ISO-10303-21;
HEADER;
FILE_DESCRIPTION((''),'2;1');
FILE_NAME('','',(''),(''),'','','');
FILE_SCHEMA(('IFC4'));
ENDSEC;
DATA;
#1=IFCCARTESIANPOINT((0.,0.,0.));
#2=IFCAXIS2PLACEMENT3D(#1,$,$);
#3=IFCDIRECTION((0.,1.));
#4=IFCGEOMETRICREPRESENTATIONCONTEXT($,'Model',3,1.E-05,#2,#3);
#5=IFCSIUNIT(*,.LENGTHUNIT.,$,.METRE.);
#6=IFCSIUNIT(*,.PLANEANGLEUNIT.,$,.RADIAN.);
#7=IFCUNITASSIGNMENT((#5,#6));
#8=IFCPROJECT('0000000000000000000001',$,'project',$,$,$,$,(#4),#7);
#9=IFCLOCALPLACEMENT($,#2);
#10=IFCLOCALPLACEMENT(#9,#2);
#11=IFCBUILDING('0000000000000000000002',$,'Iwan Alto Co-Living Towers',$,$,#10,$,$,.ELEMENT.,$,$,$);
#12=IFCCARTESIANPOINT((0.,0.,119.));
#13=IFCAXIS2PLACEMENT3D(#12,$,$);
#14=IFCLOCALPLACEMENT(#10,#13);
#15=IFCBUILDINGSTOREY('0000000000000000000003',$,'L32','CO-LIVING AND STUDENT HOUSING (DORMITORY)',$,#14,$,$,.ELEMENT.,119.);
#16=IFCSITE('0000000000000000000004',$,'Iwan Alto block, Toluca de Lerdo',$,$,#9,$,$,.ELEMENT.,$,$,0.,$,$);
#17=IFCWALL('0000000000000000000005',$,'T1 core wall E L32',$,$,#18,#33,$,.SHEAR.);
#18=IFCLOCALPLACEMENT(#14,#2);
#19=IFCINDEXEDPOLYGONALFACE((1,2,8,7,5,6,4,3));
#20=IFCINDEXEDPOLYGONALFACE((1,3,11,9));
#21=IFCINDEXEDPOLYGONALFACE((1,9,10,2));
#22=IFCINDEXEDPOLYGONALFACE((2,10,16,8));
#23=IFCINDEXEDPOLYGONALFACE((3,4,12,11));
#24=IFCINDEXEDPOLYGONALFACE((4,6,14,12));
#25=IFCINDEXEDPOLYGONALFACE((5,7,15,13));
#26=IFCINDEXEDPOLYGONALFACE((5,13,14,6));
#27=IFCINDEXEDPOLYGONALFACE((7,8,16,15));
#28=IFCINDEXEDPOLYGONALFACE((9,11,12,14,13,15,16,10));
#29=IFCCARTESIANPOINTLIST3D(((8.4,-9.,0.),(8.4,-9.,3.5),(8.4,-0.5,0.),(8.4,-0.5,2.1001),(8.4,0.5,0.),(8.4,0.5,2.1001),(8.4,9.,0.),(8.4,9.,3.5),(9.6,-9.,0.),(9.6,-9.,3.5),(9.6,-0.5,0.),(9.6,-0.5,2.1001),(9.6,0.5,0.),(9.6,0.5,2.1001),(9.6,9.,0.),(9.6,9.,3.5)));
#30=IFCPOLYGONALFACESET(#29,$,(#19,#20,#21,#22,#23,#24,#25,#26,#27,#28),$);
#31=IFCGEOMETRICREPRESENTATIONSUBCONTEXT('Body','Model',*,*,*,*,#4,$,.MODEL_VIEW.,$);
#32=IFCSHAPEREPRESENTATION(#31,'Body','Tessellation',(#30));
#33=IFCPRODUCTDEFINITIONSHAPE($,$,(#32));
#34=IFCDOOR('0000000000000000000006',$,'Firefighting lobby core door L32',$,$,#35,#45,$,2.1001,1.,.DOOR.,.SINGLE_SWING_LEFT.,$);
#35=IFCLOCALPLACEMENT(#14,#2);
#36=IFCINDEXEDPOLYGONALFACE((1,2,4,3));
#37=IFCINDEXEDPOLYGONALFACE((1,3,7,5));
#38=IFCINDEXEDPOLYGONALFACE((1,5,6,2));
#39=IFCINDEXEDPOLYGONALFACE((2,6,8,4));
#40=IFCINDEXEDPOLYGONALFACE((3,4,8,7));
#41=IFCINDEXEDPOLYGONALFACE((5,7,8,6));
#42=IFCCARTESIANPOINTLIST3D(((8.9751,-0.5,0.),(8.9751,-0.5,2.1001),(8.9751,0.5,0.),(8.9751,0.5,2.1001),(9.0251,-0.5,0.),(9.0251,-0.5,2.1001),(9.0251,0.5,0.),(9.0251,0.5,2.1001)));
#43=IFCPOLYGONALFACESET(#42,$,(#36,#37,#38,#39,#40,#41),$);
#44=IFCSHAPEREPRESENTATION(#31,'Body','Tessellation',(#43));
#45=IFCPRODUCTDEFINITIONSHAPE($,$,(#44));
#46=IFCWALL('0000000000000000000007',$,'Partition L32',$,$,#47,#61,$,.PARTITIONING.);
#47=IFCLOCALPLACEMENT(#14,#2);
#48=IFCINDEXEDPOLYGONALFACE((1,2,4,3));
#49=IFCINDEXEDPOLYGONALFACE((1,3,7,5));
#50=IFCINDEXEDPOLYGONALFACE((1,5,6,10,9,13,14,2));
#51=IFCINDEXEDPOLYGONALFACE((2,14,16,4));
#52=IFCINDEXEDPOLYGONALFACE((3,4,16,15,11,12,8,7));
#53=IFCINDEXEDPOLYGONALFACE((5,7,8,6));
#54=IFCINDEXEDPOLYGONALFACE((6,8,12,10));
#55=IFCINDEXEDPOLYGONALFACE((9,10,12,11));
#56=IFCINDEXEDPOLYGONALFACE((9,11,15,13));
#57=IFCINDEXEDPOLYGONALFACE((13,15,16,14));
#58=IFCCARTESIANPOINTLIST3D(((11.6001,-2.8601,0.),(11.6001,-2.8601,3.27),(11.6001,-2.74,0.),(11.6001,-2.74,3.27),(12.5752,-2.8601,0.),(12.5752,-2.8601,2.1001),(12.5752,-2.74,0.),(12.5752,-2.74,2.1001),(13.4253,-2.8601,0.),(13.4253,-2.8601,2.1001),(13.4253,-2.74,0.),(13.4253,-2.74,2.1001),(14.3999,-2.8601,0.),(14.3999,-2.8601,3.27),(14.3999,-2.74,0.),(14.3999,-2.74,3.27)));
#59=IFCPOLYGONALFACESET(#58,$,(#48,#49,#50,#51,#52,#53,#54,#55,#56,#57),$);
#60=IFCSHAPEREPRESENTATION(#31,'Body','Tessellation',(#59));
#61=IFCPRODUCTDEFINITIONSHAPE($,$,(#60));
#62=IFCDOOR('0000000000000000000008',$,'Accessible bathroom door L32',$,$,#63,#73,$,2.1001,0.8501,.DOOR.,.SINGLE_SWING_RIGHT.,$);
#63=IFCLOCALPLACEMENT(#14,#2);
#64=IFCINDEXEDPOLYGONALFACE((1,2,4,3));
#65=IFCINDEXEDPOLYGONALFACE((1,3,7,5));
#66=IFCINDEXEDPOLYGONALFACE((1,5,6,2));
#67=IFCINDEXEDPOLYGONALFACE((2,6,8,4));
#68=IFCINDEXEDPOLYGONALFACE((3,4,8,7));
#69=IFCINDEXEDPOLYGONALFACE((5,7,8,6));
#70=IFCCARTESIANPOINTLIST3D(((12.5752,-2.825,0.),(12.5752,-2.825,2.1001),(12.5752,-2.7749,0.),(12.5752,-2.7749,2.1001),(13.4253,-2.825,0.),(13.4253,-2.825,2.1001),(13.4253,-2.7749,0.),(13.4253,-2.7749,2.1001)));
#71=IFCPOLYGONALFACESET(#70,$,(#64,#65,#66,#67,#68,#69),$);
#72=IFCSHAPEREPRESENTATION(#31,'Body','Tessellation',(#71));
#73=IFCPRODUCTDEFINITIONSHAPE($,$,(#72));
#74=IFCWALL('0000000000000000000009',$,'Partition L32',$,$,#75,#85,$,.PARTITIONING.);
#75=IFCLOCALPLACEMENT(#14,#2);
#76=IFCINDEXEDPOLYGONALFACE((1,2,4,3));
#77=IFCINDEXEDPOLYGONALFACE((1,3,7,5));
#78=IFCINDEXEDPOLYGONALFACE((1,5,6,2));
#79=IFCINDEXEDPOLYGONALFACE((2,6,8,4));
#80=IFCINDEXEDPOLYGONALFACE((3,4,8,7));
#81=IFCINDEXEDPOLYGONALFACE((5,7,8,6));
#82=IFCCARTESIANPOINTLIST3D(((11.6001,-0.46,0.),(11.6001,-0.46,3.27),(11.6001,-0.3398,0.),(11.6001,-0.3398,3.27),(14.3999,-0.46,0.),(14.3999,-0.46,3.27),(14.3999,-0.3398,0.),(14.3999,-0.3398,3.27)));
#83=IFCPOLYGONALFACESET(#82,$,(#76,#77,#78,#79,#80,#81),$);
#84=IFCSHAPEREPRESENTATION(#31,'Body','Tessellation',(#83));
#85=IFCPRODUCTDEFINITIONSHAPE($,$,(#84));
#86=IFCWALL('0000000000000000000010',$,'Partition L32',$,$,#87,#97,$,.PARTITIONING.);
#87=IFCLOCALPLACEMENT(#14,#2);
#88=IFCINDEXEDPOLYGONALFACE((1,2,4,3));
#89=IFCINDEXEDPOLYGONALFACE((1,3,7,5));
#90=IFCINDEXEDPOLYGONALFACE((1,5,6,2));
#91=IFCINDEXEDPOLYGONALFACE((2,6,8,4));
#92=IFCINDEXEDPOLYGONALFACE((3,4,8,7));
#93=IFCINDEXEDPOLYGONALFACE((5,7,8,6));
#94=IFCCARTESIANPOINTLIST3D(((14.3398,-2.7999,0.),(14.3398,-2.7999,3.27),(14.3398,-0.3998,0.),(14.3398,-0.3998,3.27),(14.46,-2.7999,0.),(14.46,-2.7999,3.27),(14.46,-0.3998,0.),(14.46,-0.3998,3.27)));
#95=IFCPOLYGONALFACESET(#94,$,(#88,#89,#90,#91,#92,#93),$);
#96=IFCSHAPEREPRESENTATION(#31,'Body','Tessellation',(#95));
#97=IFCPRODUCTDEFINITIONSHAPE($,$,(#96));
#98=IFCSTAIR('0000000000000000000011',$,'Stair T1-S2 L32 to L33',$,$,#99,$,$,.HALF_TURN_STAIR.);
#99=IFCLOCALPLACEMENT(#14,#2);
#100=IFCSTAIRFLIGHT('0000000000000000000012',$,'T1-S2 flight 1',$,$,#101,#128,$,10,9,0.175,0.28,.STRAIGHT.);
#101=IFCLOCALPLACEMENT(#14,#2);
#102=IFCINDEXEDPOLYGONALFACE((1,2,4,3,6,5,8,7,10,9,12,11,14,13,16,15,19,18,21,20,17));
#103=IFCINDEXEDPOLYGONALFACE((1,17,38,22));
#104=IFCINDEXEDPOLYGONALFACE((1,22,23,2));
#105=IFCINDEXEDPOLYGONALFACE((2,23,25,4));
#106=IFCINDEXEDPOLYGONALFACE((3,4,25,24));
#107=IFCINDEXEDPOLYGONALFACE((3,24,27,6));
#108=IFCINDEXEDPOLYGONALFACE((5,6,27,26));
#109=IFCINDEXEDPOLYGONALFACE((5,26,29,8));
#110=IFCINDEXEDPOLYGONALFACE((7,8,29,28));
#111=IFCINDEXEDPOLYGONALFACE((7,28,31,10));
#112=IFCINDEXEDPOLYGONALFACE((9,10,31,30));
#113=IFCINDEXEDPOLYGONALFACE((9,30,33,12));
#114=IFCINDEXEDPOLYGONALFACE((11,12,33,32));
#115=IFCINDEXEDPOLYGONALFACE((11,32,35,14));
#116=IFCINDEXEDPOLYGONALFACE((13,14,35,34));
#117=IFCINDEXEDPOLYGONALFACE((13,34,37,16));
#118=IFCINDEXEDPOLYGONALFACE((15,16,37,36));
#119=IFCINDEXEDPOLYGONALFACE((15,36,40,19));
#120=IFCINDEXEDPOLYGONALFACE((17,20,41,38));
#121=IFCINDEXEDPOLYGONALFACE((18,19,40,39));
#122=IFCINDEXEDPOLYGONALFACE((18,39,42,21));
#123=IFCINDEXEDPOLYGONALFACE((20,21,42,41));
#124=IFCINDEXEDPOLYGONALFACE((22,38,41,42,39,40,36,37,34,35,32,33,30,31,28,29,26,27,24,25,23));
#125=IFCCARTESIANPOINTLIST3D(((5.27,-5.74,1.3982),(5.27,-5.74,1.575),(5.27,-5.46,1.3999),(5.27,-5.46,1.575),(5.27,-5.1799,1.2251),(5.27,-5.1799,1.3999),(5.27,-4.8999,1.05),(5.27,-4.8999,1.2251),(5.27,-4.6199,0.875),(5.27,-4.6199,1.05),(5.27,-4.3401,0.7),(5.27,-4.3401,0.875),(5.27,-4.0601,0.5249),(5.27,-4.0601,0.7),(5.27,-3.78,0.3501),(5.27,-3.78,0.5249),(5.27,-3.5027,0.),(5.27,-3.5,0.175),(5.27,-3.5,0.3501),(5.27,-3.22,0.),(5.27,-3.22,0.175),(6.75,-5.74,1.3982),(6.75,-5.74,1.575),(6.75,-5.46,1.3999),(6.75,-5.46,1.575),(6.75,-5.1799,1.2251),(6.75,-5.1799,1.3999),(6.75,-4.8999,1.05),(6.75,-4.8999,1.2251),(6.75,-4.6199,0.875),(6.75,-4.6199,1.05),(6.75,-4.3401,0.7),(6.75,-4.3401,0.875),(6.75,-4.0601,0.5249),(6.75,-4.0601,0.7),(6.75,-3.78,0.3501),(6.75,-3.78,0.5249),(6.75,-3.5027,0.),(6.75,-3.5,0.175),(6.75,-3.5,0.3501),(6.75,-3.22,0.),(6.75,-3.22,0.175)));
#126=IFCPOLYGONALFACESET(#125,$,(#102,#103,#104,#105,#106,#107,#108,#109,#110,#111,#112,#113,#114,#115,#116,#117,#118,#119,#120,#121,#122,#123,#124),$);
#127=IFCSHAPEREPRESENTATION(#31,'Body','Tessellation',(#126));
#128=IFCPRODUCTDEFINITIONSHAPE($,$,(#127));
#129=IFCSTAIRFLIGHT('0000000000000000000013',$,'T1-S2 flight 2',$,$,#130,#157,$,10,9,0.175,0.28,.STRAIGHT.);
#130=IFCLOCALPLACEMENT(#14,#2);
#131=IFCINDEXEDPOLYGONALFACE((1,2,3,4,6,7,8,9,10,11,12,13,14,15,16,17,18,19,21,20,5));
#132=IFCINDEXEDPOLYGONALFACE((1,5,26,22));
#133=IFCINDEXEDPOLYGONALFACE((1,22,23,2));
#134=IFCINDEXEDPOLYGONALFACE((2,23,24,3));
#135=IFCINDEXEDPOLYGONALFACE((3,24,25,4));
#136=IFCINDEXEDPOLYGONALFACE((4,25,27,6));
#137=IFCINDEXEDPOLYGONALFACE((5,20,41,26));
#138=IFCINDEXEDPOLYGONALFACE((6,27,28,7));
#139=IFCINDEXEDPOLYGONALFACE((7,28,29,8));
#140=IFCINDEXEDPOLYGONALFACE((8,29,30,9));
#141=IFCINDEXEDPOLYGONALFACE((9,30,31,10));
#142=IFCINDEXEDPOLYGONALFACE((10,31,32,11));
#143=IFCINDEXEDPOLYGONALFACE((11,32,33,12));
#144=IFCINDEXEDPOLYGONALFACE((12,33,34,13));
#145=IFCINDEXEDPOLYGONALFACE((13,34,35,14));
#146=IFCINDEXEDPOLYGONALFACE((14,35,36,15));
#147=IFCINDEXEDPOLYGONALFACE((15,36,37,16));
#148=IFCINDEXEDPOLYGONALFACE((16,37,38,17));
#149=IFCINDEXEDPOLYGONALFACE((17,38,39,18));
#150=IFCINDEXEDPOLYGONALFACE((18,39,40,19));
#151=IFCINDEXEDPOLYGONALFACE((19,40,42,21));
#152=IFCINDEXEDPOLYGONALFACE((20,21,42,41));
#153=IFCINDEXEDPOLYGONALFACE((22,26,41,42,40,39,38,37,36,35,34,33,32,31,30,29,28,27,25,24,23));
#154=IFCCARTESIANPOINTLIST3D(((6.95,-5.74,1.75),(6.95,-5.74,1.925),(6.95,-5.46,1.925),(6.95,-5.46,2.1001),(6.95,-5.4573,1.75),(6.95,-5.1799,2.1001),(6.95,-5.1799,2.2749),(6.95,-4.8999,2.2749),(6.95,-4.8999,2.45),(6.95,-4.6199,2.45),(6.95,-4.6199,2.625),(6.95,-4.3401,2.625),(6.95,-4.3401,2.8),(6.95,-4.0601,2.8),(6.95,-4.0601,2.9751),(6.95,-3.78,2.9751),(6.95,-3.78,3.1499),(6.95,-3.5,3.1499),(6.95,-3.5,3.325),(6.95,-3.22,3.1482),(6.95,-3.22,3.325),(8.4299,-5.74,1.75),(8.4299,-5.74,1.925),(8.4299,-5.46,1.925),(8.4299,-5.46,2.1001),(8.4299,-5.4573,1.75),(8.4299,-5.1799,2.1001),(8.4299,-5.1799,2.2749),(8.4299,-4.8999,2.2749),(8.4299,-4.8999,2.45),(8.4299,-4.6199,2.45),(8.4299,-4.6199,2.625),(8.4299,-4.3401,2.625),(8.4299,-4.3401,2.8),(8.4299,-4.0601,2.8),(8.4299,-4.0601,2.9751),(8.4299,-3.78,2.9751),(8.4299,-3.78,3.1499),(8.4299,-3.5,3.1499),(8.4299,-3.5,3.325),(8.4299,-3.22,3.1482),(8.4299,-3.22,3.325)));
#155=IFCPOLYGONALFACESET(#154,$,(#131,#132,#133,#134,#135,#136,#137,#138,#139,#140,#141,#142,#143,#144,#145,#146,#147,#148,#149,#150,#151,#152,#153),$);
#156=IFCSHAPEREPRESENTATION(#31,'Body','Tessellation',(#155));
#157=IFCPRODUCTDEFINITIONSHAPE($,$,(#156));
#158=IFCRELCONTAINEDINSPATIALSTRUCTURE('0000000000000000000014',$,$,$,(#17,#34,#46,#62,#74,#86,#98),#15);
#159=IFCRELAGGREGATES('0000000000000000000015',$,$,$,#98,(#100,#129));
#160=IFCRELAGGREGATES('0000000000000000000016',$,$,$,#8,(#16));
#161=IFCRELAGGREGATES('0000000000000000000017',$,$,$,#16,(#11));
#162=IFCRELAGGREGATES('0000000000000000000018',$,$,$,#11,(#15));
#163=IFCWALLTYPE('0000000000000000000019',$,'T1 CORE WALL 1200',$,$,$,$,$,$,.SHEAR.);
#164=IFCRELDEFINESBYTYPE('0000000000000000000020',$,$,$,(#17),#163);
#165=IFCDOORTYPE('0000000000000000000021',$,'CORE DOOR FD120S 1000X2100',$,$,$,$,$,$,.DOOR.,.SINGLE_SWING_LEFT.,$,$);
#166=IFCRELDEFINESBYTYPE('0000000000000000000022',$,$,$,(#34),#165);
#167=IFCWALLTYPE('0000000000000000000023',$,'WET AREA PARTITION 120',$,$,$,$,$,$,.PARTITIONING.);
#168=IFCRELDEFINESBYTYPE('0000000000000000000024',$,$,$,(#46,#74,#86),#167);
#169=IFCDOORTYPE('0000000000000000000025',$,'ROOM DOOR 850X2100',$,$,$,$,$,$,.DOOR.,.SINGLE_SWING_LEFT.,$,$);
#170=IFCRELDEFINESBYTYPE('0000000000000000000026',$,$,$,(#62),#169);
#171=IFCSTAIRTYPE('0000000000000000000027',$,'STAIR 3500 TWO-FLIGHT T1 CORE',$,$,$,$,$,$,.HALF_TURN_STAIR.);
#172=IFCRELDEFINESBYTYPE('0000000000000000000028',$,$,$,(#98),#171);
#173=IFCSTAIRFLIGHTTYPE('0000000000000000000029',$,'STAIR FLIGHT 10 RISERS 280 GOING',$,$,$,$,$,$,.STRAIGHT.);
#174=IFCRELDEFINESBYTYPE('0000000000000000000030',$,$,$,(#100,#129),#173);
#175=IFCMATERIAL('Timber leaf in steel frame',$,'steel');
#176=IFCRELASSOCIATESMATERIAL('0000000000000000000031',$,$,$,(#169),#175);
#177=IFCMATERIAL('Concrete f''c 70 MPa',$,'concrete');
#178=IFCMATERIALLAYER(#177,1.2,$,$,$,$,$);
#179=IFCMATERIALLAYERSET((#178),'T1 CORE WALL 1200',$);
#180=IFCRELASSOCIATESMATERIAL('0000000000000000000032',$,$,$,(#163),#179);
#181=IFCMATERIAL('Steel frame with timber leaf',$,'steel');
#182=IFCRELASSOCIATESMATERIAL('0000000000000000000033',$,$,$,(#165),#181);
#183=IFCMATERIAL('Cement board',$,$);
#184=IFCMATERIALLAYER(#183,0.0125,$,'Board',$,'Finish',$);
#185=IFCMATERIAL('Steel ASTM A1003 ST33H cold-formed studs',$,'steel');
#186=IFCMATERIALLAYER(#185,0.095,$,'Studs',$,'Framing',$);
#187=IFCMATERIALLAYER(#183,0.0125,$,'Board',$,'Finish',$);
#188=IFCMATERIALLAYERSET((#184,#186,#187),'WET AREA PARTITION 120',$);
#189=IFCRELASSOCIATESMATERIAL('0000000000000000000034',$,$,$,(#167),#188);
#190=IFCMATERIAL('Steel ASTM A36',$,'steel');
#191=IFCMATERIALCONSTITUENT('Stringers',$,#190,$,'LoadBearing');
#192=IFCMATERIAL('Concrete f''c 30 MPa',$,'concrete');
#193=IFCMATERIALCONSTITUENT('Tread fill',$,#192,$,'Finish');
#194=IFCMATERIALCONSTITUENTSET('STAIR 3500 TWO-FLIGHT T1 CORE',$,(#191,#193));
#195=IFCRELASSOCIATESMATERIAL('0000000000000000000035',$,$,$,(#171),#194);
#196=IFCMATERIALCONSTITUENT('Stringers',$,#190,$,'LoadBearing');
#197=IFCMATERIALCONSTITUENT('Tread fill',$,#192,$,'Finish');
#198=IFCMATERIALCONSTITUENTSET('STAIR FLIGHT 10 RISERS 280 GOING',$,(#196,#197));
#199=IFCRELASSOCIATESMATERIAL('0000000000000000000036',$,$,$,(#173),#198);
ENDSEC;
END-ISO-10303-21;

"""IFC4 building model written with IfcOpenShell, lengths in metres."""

from ifc_helpers import new_model, si_unit, direction, frame, frame_2d, origin, place, context, subcontext, project, spatial, polyline, rectangle, outline, extrude, material, layer, layer_set, constituent, constituent_set, type_object, element, fill, aggregate, save


model = new_model("IFC4")

# Units and contexts
model_context = context("Model", 3, precision=1e-05, world=origin(), true_north=direction((0.0, 1.0)))
body_context = subcontext(model_context, "Body", "Model", "MODEL_VIEW")
ifc_project = project(units=[si_unit("LENGTHUNIT", "METRE"), si_unit("PLANEANGLEUNIT", "RADIAN")], contexts=[model_context])

# Site, building, storey
site_placement = place(None, origin())
site = spatial("IfcSite", under=ifc_project, at=site_placement, Name="Iwan Alto block, Toluca de Lerdo", CompositionType="ELEMENT", RefElevation=0.0)
building_placement = place(site_placement, origin())
building = spatial("IfcBuilding", under=site, at=building_placement, Name="Iwan Alto Co-Living Towers", CompositionType="ELEMENT")
storey_placement = place(building_placement, frame((0.0, 0.0, 119.0)))
storey = spatial("IfcBuildingStorey", under=building, at=storey_placement, Name="L32", Description="CO-LIVING AND STUDENT HOUSING (DORMITORY)", CompositionType="ELEMENT", Elevation=119.0)

# Shared definitions
ifc_material_1 = material(Name="Steel ASTM A1003 ST33H cold-formed studs", Category="steel")

# Shared definitions
ifc_material_2 = material(Name="Timber leaf in steel frame", Category="steel")
door_type_1 = type_object("IfcDoorType", Name="ROOM DOOR 850X2100", OperationType="SINGLE_SWING_LEFT", PredefinedType="DOOR", material=ifc_material_2)

# Walls, openings, doors
ifc_material_3 = material(Name="Concrete f'c 70 MPa", Category="concrete")
ifc_layer_1 = layer(ifc_material_3, 1.2)
ifc_layer_set_1 = layer_set([ifc_layer_1], Name="T1 CORE WALL 1200")
wall_type_1 = type_object("IfcWallType", Name="T1 CORE WALL 1200", PredefinedType="SHEAR", material=ifc_layer_set_1)
wall_1_placement = place(storey_placement, frame((9.0, -9.0, 0.0), z_axis=(0.0, 0.0, 1.0), x_axis=(0.0, 1.0, 0.0)))
wall_1 = element("IfcWall", 1, at=wall_1_placement, inside=storey, type_object=wall_type_1, Name="T1 core wall E L32", PredefinedType="SHEAR", context=body_context, shape_type="SweptSolid", body=[
    extrude(rectangle(XDim=18.0, YDim=1.2, at=frame_2d((9.0, 0.0))), origin(), (0.0, 0.0, 1.0), 3.5),
])
opening_1_placement = place(wall_1_placement, frame((8.5, 0.0, 0.0)))
opening_1 = element("IfcOpeningElement", 2, at=opening_1_placement, cuts=wall_1, PredefinedType="OPENING", context=body_context, shape_type="SweptSolid", body=[
    extrude(rectangle(XDim=1.0, YDim=2.1001, at=frame_2d((0.5, 1.05))), frame((0.0, 0.6099, 0.0), z_axis=(0.0, -1.0, 0.0), x_axis=(1.0, 0.0, 0.0)), (0.0, 0.0, 1.0), 1.22),
])
ifc_material_4 = material(Name="Steel frame with timber leaf", Category="steel")
door_type_2 = type_object("IfcDoorType", Name="CORE DOOR FD120S 1000X2100", OperationType="SINGLE_SWING_LEFT", PredefinedType="DOOR", material=ifc_material_4)
door_1_placement = place(opening_1_placement, origin())
door_1 = element("IfcDoor", 3, at=door_1_placement, inside=storey, type_object=door_type_2, Name="Firefighting lobby core door L32", OperationType="SINGLE_SWING_LEFT", OverallHeight=2.1001, OverallWidth=1.0, PredefinedType="DOOR", context=body_context, shape_type="SweptSolid", body=[
    extrude(rectangle(XDim=1.0, YDim=2.1001, at=frame_2d((0.5, 1.05))), frame((0.0, 0.0249, 0.0), z_axis=(0.0, -1.0, 0.0), x_axis=(1.0, 0.0, 0.0)), (0.0, 0.0, 1.0), 0.05),
])
fill(opening_1, door_1)
ifc_material_5 = material(Name="Cement board")
ifc_layer_2 = layer(ifc_material_5, 0.0125, Name="Board", Category="Finish")
ifc_layer_3 = layer(ifc_material_1, 0.095, Name="Studs", Category="Framing")
ifc_layer_4 = layer(ifc_material_5, 0.0125, Name="Board", Category="Finish")
ifc_layer_set_2 = layer_set([ifc_layer_2, ifc_layer_3, ifc_layer_4], Name="WET AREA PARTITION 120")
wall_type_2 = type_object("IfcWallType", Name="WET AREA PARTITION 120", PredefinedType="PARTITIONING", material=ifc_layer_set_2)
wall_2_placement = place(storey_placement, frame((11.6001, -2.8, 0.0), z_axis=(0.0, 0.0, 1.0), x_axis=(1.0, 0.0, 0.0)))
wall_2 = element("IfcWall", 4, at=wall_2_placement, inside=storey, type_object=wall_type_2, Name="Partition L32", PredefinedType="PARTITIONING", context=body_context, shape_type="SweptSolid", body=[
    extrude(rectangle(XDim=2.7998, YDim=0.1201, at=frame_2d((1.3999, 0.0))), origin(), (0.0, 0.0, 1.0), 3.27),
])
opening_2_placement = place(wall_2_placement, frame((0.9751, 0.0, 0.0)))
opening_2 = element("IfcOpeningElement", 5, at=opening_2_placement, cuts=wall_2, PredefinedType="OPENING", context=body_context, shape_type="SweptSolid", body=[
    extrude(rectangle(XDim=0.8501, YDim=2.1001, at=frame_2d((0.425, 1.05))), frame((0.0, 0.0701, 0.0), z_axis=(0.0, -1.0, 0.0), x_axis=(1.0, 0.0, 0.0)), (0.0, 0.0, 1.0), 0.1401),
])
door_2_placement = place(opening_2_placement, frame((0.8501, 0.0, 0.0), z_axis=(0.0, 0.0, 1.0), x_axis=(-1.0, 0.0, 0.0)))
door_2 = element("IfcDoor", 6, at=door_2_placement, inside=storey, type_object=door_type_1, Name="Accessible bathroom door L32", OperationType="SINGLE_SWING_RIGHT", OverallHeight=2.1001, OverallWidth=0.8501, PredefinedType="DOOR", context=body_context, shape_type="SweptSolid", body=[
    extrude(rectangle(XDim=0.8501, YDim=2.1001, at=frame_2d((0.425, 1.05))), frame((0.0, 0.0249, 0.0), z_axis=(0.0, -1.0, 0.0), x_axis=(1.0, 0.0, 0.0)), (0.0, 0.0, 1.0), 0.05),
])
fill(opening_2, door_2)

# Walls
wall_3_placement = place(storey_placement, frame((11.6001, -0.3999, 0.0), z_axis=(0.0, 0.0, 1.0), x_axis=(1.0, 0.0, 0.0)))
element("IfcWall", 7, at=wall_3_placement, inside=storey, type_object=wall_type_2, Name="Partition L32", PredefinedType="PARTITIONING", context=body_context, shape_type="SweptSolid", body=[
    extrude(rectangle(XDim=2.7998, YDim=0.1201, at=frame_2d((1.3999, 0.0))), origin(), (0.0, 0.0, 1.0), 3.27),
])
wall_4_placement = place(storey_placement, frame((14.3999, -2.8, 0.0), z_axis=(0.0, 0.0, 1.0), x_axis=(0.0, 1.0, 0.0)))
element("IfcWall", 8, at=wall_4_placement, inside=storey, type_object=wall_type_2, Name="Partition L32", PredefinedType="PARTITIONING", context=body_context, shape_type="SweptSolid", body=[
    extrude(rectangle(XDim=2.4001, YDim=0.1201, at=frame_2d((1.2002, 0.0))), origin(), (0.0, 0.0, 1.0), 3.27),
])

# Stair, stair flights
ifc_material_6 = material(Name="Steel ASTM A36", Category="steel")
ifc_constituent_1 = constituent(ifc_material_6, Name="Stringers", Category="LoadBearing")
ifc_material_7 = material(Name="Concrete f'c 30 MPa", Category="concrete")
ifc_constituent_2 = constituent(ifc_material_7, Name="Tread fill", Category="Finish")
ifc_constituent_set_1 = constituent_set(constituents=[ifc_constituent_1, ifc_constituent_2], Name="STAIR 3500 TWO-FLIGHT T1 CORE")
stair_type = type_object("IfcStairType", Name="STAIR 3500 TWO-FLIGHT T1 CORE", PredefinedType="HALF_TURN_STAIR", material=ifc_constituent_set_1)
stair_placement = place(storey_placement, origin())
stair = element("IfcStair", 9, at=stair_placement, inside=storey, type_object=stair_type, Name="Stair T1-S2 L32 to L33", PredefinedType="HALF_TURN_STAIR")
ifc_constituent_3 = constituent(ifc_material_6, Name="Stringers", Category="LoadBearing")
ifc_constituent_4 = constituent(ifc_material_7, Name="Tread fill", Category="Finish")
ifc_constituent_set_2 = constituent_set(constituents=[ifc_constituent_3, ifc_constituent_4], Name="STAIR FLIGHT 10 RISERS 280 GOING")
stair_flight_type = type_object("IfcStairFlightType", Name="STAIR FLIGHT 10 RISERS 280 GOING", PredefinedType="STRAIGHT", material=ifc_constituent_set_2)
stair_flight_1_placement = place(storey_placement, frame((6.01, -3.22, 0.0), z_axis=(0.0, 0.0, 1.0), x_axis=(0.0, -1.0, 0.0)))
stair_flight_1 = element("IfcStairFlight", 10, at=stair_flight_1_placement, type_object=stair_flight_type, Name="T1-S2 flight 1", NumberOfRisers=10, NumberOfTreads=9, PredefinedType="STRAIGHT", RiserHeight=0.175, TreadLength=0.28, context=body_context, shape_type="SweptSolid", body=[
    extrude(outline(polyline([(0.0, 0.0), (0.0, 0.175), (0.28, 0.175), (0.28, 0.3501), (0.5601, 0.3501), (0.5601, 0.5249), (0.8401, 0.5249), (0.8401, 0.7), (1.1201, 0.7), (1.1201, 0.875), (1.3999, 0.875), (1.3999, 1.05), (1.6799, 1.05), (1.6799, 1.2251), (1.96, 1.2251), (1.96, 1.3999), (2.24, 1.3999), (2.24, 1.575), (2.52, 1.575), (2.52, 1.75), (2.52, 1.3982), (0.2827, 0.0), (0.0, 0.0)])), frame((0.0, 0.74, 0.0), z_axis=(0.0, -1.0, 0.0), x_axis=(1.0, 0.0, 0.0)), (0.0, 0.0, 1.0), 1.48),
])
stair_flight_2_placement = place(storey_placement, frame((7.6899, -5.74, 1.75), z_axis=(0.0, 0.0, 1.0), x_axis=(0.0, 1.0, 0.0)))
stair_flight_2 = element("IfcStairFlight", 11, at=stair_flight_2_placement, type_object=stair_flight_type, Name="T1-S2 flight 2", NumberOfRisers=10, NumberOfTreads=9, PredefinedType="STRAIGHT", RiserHeight=0.175, TreadLength=0.28, context=body_context, shape_type="SweptSolid", body=[
    extrude(outline(polyline([(0.0, 0.0), (0.0, 0.175), (0.28, 0.175), (0.28, 0.3501), (0.5601, 0.3501), (0.5601, 0.5249), (0.8401, 0.5249), (0.8401, 0.7), (1.1201, 0.7), (1.1201, 0.875), (1.3999, 0.875), (1.3999, 1.05), (1.6799, 1.05), (1.6799, 1.2251), (1.96, 1.2251), (1.96, 1.3999), (2.24, 1.3999), (2.24, 1.575), (2.52, 1.575), (2.52, 1.75), (2.52, 1.3982), (0.2827, 0.0), (0.0, 0.0)])), frame((0.0, 0.74, 0.0), z_axis=(0.0, -1.0, 0.0), x_axis=(1.0, 0.0, 0.0)), (0.0, 0.0, 1.0), 1.48),
])
aggregate(stair, [stair_flight_1, stair_flight_2])

save(model, "model.ifc")
